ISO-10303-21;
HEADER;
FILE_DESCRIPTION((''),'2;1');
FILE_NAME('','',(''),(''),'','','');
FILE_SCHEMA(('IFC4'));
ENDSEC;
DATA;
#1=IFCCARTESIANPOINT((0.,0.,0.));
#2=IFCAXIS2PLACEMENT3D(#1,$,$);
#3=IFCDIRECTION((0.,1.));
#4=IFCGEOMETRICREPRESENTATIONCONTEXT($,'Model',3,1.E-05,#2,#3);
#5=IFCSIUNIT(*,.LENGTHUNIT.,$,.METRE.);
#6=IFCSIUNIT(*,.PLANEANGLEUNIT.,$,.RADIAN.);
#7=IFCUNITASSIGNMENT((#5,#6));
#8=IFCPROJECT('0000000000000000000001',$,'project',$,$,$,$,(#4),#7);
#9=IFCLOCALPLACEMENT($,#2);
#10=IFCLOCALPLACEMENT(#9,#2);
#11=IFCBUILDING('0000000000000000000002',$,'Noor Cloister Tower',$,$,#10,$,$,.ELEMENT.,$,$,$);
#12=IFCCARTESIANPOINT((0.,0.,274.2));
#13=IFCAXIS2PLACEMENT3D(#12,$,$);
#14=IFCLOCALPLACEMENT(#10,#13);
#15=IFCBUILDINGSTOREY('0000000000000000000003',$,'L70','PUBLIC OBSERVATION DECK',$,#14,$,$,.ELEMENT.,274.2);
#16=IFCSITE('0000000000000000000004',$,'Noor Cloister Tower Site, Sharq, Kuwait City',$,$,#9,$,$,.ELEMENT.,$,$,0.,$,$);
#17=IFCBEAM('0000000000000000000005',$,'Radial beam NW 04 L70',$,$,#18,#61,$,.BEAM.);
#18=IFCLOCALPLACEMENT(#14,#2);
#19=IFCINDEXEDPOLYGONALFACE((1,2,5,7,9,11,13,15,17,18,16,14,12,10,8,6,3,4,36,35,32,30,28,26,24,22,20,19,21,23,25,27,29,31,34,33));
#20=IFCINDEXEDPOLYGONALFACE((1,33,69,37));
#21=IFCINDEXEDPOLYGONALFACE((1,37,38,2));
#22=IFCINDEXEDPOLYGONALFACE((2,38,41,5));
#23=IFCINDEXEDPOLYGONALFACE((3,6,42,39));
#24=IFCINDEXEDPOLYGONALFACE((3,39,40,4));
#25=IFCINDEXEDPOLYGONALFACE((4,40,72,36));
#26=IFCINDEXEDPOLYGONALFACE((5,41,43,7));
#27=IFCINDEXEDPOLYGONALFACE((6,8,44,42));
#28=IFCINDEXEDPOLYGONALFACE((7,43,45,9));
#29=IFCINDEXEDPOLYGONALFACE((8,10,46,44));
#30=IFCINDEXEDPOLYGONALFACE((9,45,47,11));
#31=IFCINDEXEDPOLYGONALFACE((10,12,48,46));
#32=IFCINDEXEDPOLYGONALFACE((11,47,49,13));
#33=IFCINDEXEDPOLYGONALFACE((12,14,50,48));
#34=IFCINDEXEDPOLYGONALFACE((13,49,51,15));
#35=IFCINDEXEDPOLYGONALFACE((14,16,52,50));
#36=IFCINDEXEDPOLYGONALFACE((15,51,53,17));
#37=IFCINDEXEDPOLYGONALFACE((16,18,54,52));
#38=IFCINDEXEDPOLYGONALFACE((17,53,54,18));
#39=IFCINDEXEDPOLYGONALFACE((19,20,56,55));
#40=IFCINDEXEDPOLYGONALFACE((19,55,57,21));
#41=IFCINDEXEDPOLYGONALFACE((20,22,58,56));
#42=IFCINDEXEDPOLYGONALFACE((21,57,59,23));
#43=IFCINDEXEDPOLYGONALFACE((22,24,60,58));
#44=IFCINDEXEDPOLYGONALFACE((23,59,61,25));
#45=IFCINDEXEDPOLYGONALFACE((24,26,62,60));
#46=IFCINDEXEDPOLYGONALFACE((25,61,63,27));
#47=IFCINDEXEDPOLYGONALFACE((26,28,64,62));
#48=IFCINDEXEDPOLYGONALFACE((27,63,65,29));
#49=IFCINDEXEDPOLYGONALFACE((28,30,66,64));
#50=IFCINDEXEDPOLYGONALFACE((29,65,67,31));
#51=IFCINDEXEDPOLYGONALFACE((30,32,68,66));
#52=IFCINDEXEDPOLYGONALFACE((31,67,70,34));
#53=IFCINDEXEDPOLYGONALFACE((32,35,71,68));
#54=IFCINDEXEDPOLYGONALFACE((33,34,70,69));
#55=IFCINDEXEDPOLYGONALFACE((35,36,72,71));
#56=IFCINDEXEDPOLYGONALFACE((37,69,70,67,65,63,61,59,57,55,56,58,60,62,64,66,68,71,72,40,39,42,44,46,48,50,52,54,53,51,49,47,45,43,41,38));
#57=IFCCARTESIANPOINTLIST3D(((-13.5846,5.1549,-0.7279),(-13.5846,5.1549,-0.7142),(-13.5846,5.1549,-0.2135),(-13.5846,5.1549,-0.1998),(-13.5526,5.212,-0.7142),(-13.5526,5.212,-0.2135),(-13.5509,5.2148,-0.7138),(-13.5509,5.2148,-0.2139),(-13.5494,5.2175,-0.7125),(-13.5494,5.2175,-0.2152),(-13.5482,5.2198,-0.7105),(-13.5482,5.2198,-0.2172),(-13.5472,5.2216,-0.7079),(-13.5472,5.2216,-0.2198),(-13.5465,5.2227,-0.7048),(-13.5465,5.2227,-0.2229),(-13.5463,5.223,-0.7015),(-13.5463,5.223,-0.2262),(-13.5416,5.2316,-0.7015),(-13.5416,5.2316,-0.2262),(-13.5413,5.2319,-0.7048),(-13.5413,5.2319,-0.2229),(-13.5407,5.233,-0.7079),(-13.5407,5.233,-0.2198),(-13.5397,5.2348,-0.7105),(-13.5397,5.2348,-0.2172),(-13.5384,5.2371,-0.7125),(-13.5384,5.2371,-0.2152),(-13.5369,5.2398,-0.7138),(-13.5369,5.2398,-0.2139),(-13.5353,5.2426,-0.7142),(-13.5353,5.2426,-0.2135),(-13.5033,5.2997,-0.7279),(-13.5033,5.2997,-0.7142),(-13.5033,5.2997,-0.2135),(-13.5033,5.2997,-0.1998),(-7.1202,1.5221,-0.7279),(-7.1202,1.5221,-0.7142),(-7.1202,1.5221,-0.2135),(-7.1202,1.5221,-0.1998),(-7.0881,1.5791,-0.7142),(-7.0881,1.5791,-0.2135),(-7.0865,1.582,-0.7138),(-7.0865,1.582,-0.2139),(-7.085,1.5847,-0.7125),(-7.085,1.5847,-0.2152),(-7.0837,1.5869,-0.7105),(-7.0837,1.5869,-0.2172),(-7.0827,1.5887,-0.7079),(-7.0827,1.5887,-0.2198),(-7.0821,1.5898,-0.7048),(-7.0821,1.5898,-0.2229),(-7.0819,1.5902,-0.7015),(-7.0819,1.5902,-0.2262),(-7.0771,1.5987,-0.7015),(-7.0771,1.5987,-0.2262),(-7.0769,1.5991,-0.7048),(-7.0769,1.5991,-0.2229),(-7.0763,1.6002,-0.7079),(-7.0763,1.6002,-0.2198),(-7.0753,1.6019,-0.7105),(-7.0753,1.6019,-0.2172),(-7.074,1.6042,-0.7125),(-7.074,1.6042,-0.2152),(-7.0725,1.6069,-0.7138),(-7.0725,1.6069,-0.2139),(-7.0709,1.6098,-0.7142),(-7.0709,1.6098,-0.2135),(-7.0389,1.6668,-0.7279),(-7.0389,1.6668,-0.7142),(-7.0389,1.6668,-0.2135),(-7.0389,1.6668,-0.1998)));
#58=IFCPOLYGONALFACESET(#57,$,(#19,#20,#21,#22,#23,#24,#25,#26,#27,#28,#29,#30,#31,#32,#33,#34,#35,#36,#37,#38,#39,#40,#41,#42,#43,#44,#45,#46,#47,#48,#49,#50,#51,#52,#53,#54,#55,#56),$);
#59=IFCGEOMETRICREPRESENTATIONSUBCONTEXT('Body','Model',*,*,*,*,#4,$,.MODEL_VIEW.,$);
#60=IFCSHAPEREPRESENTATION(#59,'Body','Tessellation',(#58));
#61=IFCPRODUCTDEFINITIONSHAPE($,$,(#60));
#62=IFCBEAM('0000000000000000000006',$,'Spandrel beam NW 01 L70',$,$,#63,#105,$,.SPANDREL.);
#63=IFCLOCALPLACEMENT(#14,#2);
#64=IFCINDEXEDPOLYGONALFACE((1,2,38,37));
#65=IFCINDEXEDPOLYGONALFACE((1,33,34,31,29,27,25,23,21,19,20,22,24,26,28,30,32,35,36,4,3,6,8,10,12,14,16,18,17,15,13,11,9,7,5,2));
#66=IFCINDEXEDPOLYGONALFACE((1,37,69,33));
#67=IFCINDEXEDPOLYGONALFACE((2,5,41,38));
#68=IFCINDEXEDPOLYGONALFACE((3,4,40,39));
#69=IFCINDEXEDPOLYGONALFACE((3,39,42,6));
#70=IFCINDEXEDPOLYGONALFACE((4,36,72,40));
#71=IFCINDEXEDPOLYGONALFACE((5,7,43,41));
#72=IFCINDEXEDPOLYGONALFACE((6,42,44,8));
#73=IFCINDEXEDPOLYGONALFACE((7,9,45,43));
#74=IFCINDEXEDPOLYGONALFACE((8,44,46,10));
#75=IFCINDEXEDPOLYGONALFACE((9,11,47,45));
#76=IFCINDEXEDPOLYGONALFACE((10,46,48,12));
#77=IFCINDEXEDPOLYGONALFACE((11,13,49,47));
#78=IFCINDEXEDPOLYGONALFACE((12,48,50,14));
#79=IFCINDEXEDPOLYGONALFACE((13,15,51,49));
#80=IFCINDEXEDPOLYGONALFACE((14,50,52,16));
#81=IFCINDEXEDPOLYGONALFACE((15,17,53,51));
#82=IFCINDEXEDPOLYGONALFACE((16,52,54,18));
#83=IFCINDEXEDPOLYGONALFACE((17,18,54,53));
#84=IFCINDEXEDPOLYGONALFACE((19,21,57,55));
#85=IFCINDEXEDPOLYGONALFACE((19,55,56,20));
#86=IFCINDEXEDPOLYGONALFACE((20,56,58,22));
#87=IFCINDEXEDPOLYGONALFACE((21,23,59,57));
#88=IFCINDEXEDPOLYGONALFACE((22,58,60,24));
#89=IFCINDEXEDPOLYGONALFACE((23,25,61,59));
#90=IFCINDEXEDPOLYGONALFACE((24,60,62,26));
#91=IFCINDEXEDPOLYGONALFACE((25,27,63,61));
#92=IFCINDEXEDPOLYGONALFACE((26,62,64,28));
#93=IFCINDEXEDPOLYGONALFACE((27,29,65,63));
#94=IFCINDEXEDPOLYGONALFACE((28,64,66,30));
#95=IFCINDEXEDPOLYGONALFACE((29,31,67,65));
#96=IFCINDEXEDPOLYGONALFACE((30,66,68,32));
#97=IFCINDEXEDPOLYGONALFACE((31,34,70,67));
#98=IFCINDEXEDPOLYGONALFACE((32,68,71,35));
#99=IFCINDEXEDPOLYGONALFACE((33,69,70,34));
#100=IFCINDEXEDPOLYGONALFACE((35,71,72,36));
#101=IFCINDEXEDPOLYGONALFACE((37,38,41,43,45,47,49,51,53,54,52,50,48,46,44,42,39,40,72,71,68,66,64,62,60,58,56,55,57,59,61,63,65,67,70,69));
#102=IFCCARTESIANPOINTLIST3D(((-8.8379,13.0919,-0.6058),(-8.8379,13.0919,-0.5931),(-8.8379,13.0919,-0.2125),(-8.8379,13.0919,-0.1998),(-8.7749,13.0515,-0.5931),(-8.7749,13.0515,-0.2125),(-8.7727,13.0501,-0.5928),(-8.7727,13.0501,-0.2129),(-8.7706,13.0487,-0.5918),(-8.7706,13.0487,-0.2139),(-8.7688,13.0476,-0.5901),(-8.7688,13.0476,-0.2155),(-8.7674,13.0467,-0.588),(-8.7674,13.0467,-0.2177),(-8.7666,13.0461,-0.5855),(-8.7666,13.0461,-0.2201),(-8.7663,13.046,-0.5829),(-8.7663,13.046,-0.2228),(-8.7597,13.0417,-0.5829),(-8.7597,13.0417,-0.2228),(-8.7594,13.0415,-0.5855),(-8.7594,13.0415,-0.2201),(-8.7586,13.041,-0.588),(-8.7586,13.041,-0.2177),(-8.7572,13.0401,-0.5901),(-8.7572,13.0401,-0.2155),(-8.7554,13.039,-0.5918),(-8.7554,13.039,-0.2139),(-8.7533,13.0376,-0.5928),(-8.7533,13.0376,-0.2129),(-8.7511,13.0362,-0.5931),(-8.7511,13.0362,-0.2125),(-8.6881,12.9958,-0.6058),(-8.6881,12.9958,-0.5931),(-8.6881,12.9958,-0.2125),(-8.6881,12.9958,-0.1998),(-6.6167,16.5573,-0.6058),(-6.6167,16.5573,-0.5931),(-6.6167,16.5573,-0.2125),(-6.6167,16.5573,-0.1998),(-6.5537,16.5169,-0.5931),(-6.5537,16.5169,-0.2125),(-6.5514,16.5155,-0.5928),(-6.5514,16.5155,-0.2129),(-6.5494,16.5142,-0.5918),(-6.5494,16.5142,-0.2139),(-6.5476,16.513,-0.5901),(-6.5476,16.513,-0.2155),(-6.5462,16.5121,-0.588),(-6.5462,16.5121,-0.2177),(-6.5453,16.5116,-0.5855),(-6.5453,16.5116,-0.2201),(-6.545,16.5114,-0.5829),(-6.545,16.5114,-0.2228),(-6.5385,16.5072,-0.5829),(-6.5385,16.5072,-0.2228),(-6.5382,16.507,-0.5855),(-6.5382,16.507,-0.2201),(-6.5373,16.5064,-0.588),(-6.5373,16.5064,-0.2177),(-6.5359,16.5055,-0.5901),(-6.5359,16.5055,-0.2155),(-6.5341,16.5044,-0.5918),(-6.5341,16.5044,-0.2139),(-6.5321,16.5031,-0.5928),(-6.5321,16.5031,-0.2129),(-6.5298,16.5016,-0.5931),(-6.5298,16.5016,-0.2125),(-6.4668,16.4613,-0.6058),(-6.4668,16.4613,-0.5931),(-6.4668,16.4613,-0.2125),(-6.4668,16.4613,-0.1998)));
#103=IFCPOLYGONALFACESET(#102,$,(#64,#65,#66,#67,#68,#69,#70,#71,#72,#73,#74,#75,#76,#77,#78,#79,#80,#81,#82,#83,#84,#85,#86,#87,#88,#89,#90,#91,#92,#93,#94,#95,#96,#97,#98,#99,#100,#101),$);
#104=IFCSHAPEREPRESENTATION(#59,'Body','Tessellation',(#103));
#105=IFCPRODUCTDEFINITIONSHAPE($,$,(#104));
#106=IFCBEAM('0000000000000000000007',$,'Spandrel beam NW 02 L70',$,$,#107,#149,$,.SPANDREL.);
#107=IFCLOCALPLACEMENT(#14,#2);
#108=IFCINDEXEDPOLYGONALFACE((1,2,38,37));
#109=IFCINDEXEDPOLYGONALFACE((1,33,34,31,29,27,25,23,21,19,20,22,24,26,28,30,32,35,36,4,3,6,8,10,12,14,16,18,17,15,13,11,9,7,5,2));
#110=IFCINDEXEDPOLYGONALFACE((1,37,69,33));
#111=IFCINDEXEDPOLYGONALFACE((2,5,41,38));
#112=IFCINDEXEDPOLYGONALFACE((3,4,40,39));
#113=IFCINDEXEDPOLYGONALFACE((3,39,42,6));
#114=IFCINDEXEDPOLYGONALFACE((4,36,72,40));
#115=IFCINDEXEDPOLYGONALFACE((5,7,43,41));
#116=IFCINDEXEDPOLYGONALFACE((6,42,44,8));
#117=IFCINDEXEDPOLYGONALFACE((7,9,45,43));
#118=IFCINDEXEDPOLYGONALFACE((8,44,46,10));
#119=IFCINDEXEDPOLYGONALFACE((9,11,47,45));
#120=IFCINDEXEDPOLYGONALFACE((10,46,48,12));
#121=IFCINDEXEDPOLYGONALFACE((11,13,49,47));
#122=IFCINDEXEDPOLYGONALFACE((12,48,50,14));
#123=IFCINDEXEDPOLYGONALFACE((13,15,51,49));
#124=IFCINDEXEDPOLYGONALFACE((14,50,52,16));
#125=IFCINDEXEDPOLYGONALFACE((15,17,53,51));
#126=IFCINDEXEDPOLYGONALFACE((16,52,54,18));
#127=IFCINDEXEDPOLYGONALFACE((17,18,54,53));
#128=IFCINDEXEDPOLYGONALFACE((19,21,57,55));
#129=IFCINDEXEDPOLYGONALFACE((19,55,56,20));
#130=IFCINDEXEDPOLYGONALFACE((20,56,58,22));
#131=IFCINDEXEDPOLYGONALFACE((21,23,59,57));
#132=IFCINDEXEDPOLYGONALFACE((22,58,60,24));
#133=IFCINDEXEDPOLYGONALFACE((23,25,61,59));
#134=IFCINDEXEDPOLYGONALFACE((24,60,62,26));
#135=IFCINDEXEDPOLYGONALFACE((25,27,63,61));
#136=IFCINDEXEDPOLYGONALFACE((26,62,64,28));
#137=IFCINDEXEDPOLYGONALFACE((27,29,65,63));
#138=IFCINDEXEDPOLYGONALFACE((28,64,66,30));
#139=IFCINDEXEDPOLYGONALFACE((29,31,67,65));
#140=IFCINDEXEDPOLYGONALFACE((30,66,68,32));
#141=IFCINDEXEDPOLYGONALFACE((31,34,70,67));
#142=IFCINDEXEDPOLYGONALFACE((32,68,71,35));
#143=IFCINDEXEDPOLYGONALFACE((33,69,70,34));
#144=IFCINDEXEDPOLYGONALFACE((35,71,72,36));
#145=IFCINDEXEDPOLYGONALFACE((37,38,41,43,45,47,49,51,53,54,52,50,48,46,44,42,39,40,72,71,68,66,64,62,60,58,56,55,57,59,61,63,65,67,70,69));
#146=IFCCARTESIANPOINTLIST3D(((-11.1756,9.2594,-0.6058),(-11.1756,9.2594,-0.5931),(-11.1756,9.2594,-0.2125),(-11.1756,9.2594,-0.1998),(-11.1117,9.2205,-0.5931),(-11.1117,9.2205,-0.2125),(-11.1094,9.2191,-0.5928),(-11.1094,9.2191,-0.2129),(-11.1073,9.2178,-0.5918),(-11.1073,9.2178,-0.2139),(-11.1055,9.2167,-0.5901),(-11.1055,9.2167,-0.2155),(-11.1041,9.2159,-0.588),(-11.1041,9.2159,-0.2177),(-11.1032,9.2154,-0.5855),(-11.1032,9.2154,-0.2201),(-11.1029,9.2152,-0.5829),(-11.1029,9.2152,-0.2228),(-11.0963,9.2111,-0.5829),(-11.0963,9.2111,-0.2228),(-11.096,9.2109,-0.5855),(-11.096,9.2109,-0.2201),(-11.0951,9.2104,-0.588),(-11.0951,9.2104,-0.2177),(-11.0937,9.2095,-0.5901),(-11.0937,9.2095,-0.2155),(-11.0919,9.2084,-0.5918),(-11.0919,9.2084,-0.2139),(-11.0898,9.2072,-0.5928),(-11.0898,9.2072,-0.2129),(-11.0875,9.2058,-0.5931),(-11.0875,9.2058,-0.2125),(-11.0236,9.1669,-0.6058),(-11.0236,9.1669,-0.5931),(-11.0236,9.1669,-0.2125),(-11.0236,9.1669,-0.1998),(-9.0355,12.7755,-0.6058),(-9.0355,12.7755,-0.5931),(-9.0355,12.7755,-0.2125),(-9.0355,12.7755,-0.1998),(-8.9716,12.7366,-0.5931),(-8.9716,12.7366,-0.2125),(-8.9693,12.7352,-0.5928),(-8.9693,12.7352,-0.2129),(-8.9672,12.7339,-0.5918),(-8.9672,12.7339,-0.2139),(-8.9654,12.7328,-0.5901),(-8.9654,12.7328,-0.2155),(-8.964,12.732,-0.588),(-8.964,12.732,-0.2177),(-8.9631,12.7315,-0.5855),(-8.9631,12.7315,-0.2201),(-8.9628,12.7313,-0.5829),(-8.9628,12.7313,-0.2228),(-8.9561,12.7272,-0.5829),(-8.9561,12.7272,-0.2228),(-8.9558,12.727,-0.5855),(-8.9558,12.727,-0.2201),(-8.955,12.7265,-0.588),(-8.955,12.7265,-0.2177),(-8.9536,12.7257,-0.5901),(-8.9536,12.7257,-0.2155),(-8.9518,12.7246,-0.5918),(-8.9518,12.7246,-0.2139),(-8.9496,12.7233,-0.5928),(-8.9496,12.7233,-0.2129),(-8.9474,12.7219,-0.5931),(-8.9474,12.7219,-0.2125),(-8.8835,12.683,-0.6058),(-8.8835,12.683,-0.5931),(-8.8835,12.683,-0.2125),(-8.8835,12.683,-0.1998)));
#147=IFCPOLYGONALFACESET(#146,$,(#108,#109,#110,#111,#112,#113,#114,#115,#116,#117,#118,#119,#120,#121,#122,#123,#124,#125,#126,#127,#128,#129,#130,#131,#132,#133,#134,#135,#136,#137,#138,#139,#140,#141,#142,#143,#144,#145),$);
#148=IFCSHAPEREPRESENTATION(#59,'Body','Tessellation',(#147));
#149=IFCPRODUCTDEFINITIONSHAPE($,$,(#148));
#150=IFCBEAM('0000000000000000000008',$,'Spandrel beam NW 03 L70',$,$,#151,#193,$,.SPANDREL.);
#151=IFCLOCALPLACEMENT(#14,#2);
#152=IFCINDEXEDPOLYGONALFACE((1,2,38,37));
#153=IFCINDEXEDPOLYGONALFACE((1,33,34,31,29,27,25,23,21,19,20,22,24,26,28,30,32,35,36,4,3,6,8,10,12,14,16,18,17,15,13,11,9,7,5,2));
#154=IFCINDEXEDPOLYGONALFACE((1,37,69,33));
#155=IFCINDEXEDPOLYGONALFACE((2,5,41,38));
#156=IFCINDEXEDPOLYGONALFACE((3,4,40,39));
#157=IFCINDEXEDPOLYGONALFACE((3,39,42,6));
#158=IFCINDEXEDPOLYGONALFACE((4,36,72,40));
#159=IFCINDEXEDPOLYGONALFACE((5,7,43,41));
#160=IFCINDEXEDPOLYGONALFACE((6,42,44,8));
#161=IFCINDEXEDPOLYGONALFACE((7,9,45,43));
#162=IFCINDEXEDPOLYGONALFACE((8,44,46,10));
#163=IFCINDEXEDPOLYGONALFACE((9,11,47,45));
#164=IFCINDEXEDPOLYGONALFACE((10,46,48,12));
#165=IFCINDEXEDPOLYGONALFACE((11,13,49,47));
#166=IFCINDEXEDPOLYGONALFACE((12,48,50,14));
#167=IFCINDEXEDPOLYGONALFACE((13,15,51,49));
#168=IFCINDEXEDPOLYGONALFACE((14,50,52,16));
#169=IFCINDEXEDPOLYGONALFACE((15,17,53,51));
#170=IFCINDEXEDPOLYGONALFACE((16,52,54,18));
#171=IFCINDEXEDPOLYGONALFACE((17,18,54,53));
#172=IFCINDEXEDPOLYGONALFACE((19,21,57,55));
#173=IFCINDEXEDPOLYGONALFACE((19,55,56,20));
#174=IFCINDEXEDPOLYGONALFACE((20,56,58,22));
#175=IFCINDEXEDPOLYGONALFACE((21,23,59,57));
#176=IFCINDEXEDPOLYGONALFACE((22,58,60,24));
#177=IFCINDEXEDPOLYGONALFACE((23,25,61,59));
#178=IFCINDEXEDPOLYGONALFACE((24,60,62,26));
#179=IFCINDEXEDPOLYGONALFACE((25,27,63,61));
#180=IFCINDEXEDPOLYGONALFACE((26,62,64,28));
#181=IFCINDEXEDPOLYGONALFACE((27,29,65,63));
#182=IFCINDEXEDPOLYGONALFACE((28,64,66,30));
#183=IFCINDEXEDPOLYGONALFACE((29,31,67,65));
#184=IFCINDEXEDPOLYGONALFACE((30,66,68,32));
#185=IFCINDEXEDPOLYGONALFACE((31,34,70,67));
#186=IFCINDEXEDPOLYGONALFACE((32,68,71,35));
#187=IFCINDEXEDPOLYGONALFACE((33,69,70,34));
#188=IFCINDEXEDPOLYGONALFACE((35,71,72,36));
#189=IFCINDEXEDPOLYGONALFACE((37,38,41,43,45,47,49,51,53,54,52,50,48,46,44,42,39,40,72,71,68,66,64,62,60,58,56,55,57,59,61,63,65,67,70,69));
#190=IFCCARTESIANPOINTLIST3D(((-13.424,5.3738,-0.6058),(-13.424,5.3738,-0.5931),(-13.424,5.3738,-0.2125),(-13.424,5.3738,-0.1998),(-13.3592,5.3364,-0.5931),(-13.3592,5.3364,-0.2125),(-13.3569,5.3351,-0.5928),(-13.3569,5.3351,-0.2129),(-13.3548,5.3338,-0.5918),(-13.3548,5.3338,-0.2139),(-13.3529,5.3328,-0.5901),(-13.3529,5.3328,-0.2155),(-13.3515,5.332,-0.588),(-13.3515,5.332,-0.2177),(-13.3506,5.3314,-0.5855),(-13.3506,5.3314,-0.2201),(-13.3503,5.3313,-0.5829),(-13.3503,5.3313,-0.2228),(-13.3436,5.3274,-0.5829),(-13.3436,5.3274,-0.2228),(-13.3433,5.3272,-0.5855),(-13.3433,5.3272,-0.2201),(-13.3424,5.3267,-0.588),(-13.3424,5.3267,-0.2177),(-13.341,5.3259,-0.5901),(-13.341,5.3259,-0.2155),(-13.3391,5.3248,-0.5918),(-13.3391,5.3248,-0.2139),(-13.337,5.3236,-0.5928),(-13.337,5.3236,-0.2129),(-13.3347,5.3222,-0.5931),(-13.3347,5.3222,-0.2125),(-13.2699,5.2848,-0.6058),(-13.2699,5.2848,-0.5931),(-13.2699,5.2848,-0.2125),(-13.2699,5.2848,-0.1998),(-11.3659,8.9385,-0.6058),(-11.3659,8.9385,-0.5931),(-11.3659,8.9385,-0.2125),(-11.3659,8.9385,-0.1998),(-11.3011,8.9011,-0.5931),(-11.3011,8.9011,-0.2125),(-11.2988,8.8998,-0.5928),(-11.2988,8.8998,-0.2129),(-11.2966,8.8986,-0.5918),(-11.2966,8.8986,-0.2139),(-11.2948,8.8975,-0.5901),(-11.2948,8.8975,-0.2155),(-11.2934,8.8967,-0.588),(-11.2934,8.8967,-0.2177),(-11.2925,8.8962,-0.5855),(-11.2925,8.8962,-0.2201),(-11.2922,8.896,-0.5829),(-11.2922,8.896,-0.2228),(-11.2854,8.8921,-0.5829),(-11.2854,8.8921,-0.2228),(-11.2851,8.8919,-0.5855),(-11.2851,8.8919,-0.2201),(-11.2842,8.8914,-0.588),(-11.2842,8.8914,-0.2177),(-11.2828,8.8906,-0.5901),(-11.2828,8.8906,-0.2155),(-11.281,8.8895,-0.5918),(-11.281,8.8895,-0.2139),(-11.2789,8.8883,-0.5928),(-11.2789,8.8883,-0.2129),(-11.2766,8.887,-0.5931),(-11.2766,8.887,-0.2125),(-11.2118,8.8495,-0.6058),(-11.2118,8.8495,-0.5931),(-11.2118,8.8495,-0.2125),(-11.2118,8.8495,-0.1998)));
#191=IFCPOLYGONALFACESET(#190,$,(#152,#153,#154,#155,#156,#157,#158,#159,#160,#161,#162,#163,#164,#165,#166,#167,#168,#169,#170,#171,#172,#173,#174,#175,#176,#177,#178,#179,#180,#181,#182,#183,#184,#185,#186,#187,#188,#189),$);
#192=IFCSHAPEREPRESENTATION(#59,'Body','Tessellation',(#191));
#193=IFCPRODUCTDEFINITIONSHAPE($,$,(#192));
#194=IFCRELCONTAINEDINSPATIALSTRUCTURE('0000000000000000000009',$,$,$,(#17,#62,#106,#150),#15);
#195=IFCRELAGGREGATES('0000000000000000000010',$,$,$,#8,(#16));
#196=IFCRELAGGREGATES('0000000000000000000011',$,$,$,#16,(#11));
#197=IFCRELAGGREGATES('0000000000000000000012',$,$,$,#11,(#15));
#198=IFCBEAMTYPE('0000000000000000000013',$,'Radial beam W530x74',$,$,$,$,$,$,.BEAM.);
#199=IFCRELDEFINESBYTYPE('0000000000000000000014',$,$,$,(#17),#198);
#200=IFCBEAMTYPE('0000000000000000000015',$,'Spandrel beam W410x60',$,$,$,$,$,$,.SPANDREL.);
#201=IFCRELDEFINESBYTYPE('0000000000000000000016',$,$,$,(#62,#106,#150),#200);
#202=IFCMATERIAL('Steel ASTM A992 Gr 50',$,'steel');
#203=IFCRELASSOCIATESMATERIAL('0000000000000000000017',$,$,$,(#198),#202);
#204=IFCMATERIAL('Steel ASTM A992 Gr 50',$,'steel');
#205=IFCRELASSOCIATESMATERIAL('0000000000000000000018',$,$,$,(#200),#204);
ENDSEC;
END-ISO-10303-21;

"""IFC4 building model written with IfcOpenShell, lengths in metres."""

from ifc_helpers import new_model, si_unit, direction, frame, origin, origin_2d, place, context, subcontext, project, spatial, i_section, extrude, material, material_profile, profile_set, type_object, element, save


model = new_model("IFC4")

# Units and contexts
model_context = context("Model", 3, precision=1e-05, world=origin(), true_north=direction((0.0, 1.0)))
body_context = subcontext(model_context, "Body", "Model", "MODEL_VIEW")
ifc_project = project(units=[si_unit("LENGTHUNIT", "METRE"), si_unit("PLANEANGLEUNIT", "RADIAN")], contexts=[model_context])

# Site, building, storey
site_placement = place(None, origin())
site = spatial("IfcSite", under=ifc_project, at=site_placement, Name="Noor Cloister Tower Site, Sharq, Kuwait City", CompositionType="ELEMENT", RefElevation=0.0)
building_placement = place(site_placement, origin())
building = spatial("IfcBuilding", under=site, at=building_placement, Name="Noor Cloister Tower", CompositionType="ELEMENT")
storey_placement = place(building_placement, frame((0.0, 0.0, 274.2)))
storey = spatial("IfcBuildingStorey", under=building, at=storey_placement, Name="L70", Description="PUBLIC OBSERVATION DECK", CompositionType="ELEMENT", Elevation=274.2)

# Beams
ifc_material_1 = material(Name="Steel ASTM A992 Gr 50", Category="steel")
ifc_material_profile_1 = material_profile(ifc_material_1, i_section(OverallWidth=0.166, OverallDepth=0.5281, WebThickness=0.0098, FlangeThickness=0.0137, FilletRadius=0.0127, at=origin_2d()), Name="W530x74")
ifc_profile_set_1 = profile_set([ifc_material_profile_1], Name="Steel ASTM A992 Gr 50")
beam_type_1 = type_object("IfcBeamType", Name="Radial beam W530x74", PredefinedType="BEAM", material=ifc_profile_set_1)
for number, where, z_axis, x_axis, name in (
    (1, (-13.5439, 5.2273, -0.4639), (0.871771, -0.489914, 0.0), (0.489914, 0.871771, 0.0), "Radial beam NW 04 L70"),
):
    element("IfcBeam", number, at=place(storey_placement, frame(where, z_axis=z_axis, x_axis=x_axis)), inside=storey, type_object=beam_type_1, Name=name, PredefinedType="BEAM", context=body_context, shape_type="SweptSolid", body=[
        extrude(i_section(OverallWidth=0.166, OverallDepth=0.5281, WebThickness=0.0098, FlangeThickness=0.0137, FilletRadius=0.0127, at=origin_2d()), origin(), (0.0, 0.0, 1.0), 7.4153),
    ])
ifc_material_2 = material(Name="Steel ASTM A992 Gr 50", Category="steel")
ifc_material_profile_2 = material_profile(ifc_material_2, i_section(OverallWidth=0.178, OverallDepth=0.406, WebThickness=0.0078, FlangeThickness=0.0127, FilletRadius=0.0103, at=origin_2d()), Name="W410x60")
ifc_profile_set_2 = profile_set([ifc_material_profile_2], Name="Steel ASTM A992 Gr 50")
beam_type_2 = type_object("IfcBeamType", Name="Spandrel beam W410x60", PredefinedType="SPANDREL", material=ifc_profile_set_2)
for number, where, z_axis, x_axis, name in (
    (2, (-6.5417, 16.5093, -0.4028), (-0.539636, -0.841898, 0.0), (0.841898, -0.539636, 0.0), "Spandrel beam NW 01 L70"),
    (3, (-8.9595, 12.7292, -0.4028), (-0.519928, -0.85421, 0.0), (0.85421, -0.519928, 0.0), "Spandrel beam NW 02 L70"),
    (4, (-11.2888, 8.894, -0.4028), (-0.500005, -0.866023, 0.0), (0.866023, -0.500005, 0.0), "Spandrel beam NW 03 L70"),
):
    element("IfcBeam", number, at=place(storey_placement, frame(where, z_axis=z_axis, x_axis=x_axis)), inside=storey, type_object=beam_type_2, Name=name, PredefinedType="SPANDREL", context=body_context, shape_type="SweptSolid", body=[
        extrude(i_section(OverallWidth=0.178, OverallDepth=0.406, WebThickness=0.0078, FlangeThickness=0.0127, FilletRadius=0.0103, at=origin_2d()), origin(), (0.0, 0.0, 1.0), 4.1162),
    ])

save(model, "model.ifc")
